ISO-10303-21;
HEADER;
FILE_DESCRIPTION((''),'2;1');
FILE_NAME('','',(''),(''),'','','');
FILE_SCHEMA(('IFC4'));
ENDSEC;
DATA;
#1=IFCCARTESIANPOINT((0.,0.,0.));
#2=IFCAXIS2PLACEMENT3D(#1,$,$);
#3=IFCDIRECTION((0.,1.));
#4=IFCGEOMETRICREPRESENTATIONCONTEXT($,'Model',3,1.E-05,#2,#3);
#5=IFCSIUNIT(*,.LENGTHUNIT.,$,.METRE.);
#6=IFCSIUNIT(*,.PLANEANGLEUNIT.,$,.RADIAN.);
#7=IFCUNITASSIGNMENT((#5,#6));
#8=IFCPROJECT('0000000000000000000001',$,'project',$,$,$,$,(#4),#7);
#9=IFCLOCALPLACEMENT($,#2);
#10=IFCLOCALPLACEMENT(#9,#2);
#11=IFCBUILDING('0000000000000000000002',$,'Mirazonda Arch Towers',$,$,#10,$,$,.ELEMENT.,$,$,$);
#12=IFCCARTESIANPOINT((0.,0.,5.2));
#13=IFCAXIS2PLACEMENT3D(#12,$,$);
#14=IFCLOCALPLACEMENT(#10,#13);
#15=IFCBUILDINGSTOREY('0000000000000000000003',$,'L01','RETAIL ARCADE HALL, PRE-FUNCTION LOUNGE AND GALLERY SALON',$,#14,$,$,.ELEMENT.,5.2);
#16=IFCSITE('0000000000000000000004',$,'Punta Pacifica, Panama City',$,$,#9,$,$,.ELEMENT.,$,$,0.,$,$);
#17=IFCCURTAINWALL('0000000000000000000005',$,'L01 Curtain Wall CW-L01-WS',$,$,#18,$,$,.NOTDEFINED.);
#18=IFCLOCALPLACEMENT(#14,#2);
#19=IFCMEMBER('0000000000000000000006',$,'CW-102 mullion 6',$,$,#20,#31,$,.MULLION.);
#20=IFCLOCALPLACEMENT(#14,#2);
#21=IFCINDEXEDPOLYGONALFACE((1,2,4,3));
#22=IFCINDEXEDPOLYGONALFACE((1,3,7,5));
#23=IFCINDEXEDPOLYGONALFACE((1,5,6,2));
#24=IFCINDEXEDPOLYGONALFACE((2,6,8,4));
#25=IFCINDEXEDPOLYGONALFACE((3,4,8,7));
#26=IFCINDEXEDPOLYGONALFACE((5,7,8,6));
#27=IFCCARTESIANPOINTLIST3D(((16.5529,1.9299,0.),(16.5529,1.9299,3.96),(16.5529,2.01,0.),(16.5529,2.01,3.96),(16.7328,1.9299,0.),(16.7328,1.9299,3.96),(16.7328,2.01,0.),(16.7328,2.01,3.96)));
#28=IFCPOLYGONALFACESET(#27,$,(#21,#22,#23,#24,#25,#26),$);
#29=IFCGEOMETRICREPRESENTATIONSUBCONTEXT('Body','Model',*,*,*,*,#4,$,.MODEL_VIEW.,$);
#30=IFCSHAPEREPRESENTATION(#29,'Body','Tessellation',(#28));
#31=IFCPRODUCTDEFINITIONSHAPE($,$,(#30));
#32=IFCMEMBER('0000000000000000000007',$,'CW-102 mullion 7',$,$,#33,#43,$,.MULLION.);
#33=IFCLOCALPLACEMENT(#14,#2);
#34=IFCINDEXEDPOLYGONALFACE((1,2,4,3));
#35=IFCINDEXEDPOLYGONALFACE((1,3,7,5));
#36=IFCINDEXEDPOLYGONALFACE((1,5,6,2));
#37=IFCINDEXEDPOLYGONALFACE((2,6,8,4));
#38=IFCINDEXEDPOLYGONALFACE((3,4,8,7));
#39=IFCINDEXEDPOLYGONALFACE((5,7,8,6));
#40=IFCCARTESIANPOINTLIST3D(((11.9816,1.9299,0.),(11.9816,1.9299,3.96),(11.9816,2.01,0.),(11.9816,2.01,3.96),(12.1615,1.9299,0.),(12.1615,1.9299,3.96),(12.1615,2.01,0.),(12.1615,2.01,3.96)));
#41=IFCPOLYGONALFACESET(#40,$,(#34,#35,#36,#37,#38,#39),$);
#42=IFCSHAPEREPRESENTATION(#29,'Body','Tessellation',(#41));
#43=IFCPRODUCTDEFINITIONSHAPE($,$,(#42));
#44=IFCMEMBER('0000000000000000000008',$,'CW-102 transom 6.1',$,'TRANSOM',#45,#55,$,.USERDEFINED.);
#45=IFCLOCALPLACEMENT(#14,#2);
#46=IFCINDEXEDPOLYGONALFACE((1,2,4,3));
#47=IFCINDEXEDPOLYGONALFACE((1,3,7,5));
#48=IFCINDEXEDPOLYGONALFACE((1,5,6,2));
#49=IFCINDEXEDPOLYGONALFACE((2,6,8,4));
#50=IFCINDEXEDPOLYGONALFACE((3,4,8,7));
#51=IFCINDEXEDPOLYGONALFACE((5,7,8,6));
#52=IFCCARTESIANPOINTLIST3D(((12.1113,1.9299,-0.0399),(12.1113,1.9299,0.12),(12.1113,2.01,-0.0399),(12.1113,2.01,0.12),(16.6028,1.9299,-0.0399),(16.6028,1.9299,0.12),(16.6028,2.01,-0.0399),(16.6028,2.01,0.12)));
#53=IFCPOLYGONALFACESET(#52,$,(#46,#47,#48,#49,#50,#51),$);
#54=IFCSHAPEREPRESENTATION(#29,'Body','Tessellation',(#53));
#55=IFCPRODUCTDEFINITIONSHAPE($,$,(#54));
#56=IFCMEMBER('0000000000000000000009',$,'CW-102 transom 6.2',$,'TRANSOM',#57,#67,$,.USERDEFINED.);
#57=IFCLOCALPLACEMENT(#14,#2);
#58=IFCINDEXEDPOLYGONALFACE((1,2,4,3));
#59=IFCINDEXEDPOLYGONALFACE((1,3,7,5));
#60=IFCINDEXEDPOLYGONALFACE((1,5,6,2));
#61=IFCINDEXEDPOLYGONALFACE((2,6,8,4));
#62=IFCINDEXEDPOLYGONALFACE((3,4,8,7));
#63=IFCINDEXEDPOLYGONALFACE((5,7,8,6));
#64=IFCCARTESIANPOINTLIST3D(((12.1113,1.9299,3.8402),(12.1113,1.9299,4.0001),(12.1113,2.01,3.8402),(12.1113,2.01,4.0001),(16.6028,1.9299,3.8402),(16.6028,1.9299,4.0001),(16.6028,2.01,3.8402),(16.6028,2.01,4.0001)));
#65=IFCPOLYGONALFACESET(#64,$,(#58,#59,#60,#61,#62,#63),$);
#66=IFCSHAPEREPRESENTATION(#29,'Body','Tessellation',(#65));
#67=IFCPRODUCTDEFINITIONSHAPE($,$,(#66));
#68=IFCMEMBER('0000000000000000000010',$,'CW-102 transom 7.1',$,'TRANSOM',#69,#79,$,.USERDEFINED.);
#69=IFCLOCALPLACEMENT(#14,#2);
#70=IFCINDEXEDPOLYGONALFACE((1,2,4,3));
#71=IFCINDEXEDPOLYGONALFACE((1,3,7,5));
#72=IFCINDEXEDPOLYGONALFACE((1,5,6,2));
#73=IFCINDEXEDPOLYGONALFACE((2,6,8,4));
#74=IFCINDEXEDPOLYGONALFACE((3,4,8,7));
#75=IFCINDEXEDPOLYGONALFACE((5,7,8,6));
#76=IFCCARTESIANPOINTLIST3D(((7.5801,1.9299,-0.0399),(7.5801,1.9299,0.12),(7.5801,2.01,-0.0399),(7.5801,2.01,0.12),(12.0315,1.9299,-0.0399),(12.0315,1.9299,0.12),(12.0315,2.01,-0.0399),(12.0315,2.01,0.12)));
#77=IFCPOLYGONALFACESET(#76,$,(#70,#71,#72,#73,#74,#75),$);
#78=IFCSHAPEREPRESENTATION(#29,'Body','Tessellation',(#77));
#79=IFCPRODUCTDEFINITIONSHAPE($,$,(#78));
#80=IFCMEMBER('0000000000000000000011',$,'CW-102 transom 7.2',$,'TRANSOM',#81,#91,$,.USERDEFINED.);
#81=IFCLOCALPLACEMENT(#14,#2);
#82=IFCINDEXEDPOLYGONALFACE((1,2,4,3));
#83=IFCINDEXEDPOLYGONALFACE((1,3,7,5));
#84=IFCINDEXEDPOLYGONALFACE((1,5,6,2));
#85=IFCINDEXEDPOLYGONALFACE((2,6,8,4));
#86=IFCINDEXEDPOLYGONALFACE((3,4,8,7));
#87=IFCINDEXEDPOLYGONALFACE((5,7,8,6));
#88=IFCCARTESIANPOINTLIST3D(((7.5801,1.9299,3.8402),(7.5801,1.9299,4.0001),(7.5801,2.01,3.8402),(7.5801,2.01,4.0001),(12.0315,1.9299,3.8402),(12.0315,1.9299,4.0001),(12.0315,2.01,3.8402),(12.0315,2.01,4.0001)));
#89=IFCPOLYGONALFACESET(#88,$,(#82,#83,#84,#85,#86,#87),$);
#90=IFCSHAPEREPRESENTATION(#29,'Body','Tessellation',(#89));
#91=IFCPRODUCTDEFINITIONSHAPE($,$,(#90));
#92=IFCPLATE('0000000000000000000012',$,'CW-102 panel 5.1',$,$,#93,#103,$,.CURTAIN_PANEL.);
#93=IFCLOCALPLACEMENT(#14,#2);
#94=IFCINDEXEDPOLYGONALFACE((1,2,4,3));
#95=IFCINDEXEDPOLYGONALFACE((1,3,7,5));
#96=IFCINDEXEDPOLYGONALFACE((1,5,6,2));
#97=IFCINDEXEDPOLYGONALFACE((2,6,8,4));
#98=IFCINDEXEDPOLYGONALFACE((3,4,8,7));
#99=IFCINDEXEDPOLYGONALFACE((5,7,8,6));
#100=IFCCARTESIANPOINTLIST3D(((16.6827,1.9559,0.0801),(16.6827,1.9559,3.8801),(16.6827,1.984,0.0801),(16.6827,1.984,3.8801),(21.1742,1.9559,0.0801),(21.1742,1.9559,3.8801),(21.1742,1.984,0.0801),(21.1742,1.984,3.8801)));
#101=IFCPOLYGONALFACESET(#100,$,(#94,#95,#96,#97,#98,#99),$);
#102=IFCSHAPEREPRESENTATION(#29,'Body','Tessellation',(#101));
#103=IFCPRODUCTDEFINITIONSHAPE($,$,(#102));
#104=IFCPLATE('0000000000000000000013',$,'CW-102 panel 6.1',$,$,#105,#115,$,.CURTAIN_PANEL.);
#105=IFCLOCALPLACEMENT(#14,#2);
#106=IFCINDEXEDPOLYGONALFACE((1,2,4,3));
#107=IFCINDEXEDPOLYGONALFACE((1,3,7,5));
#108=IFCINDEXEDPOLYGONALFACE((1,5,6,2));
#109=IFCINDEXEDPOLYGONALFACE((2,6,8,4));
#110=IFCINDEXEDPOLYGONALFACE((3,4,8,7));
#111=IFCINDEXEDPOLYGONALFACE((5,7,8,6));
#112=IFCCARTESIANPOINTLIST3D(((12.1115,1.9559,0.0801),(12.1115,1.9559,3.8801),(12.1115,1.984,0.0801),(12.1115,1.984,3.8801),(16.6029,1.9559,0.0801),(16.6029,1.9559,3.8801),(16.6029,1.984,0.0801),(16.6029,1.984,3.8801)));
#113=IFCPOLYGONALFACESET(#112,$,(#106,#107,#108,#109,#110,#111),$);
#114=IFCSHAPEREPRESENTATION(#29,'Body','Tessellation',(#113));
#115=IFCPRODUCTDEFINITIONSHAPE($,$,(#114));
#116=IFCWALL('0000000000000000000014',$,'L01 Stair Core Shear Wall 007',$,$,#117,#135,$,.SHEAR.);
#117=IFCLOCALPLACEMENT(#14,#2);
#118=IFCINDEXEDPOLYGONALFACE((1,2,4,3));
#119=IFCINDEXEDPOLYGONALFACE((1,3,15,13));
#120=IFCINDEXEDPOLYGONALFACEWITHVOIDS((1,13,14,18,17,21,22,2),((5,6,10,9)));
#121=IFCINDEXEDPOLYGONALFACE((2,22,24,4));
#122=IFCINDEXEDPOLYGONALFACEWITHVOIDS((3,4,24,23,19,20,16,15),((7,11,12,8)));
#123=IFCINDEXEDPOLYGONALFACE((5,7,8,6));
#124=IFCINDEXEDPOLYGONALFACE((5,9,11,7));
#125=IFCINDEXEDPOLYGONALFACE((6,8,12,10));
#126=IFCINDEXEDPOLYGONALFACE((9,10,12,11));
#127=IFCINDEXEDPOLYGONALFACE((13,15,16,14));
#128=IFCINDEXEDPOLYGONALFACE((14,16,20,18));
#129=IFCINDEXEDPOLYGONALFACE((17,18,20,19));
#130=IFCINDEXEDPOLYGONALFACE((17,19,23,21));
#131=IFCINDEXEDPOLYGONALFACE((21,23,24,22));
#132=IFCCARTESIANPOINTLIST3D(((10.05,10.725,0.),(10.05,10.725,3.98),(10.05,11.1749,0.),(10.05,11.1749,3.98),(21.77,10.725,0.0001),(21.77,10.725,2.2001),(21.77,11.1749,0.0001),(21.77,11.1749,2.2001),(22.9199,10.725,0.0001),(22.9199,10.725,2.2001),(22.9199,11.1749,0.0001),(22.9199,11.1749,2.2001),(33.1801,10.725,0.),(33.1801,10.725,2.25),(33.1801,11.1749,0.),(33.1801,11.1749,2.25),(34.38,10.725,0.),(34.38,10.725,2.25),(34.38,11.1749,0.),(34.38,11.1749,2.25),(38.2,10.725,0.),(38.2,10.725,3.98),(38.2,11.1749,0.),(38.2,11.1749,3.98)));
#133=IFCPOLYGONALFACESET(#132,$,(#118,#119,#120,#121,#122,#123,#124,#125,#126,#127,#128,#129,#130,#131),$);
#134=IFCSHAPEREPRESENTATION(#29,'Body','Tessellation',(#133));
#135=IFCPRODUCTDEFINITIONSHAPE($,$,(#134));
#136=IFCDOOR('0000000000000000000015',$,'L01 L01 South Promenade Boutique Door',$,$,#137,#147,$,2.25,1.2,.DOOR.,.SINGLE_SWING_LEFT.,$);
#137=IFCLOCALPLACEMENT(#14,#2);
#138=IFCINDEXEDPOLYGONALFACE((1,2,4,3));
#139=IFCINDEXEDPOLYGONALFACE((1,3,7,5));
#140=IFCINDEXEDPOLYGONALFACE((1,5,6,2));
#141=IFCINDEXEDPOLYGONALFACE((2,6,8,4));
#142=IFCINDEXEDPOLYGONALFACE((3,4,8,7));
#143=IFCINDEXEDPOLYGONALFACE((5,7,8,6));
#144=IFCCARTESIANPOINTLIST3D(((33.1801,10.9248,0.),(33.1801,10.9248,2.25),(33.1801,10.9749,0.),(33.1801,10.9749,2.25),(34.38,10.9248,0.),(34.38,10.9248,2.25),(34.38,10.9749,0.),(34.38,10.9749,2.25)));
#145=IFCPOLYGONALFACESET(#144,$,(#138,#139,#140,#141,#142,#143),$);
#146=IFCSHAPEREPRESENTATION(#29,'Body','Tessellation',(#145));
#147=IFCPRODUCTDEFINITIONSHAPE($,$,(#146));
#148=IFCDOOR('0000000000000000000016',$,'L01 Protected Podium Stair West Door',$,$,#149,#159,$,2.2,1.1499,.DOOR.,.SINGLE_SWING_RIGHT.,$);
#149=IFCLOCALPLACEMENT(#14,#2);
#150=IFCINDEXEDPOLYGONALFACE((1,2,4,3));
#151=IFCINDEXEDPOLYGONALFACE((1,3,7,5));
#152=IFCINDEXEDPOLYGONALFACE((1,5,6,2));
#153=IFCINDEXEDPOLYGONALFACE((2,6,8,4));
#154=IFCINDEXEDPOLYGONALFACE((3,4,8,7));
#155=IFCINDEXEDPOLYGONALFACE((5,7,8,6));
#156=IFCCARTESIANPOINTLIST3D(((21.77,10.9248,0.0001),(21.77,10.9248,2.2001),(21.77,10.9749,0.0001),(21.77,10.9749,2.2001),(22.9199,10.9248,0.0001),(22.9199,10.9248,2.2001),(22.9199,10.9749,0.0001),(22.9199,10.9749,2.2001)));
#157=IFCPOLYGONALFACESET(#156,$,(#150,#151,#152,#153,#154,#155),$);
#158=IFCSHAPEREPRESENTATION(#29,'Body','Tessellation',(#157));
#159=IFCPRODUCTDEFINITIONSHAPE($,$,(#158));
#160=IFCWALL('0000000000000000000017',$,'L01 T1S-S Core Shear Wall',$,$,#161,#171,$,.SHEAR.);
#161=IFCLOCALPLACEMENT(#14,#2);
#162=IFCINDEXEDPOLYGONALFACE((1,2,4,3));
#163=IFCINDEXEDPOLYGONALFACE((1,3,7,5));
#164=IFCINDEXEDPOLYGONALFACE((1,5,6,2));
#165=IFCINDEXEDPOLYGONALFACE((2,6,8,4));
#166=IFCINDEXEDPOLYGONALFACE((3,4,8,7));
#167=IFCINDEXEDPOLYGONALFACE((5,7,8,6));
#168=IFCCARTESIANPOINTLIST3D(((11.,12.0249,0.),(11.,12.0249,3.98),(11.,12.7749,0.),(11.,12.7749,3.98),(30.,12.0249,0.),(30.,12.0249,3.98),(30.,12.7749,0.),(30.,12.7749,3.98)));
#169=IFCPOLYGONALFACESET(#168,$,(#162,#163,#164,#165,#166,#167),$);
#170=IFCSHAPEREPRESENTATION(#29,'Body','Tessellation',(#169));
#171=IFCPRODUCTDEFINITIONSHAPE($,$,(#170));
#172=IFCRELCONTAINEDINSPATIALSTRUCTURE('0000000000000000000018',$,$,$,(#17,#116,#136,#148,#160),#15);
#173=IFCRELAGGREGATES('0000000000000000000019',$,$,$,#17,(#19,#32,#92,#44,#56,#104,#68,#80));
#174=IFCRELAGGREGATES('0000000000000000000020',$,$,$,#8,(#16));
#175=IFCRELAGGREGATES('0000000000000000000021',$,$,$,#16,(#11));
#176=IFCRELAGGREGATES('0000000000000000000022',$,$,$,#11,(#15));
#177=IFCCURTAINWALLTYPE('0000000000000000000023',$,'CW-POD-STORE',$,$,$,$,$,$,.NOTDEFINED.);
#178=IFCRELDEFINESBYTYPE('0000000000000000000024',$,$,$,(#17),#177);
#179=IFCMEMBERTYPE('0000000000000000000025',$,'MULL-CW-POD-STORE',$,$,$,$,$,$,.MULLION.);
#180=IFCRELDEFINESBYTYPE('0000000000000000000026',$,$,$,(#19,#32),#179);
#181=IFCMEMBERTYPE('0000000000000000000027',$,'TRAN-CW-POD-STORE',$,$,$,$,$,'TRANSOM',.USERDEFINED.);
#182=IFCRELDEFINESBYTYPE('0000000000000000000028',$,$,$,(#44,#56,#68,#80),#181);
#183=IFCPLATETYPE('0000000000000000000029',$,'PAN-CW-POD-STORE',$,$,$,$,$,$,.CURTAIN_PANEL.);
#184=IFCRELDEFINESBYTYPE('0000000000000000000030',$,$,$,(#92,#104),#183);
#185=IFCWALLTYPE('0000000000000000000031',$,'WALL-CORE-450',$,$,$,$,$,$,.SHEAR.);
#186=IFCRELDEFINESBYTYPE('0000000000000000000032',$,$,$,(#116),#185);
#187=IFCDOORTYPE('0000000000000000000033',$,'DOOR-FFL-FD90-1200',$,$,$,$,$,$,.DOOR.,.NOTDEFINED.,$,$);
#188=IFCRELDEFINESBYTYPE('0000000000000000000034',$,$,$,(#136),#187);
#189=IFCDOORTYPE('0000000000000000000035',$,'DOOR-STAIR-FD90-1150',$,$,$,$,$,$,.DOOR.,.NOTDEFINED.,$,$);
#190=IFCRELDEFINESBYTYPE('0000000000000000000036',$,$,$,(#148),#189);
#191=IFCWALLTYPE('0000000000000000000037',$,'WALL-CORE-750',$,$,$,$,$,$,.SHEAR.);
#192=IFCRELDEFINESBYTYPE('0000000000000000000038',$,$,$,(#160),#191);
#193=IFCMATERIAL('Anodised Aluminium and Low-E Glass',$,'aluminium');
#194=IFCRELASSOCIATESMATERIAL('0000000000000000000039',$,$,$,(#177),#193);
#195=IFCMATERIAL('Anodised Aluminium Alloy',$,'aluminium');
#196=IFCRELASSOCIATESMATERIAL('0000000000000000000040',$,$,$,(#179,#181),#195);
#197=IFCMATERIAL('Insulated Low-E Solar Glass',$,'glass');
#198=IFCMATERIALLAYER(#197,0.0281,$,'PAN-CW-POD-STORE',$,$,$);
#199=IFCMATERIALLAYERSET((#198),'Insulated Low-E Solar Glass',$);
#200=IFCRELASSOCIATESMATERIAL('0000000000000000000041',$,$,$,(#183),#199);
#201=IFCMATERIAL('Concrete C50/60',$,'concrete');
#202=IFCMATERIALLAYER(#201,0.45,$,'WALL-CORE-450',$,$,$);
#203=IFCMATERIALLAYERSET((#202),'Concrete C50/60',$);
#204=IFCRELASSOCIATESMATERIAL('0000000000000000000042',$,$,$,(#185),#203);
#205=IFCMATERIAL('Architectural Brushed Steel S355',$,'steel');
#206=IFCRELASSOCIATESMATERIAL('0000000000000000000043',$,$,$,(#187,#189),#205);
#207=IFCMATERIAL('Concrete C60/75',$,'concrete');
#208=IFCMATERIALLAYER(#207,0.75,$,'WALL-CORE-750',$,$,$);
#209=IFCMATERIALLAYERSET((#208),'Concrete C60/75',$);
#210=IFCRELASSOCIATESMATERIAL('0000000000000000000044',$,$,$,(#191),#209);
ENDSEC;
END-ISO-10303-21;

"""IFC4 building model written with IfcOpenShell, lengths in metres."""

from ifc_helpers import new_model, si_unit, direction, frame, frame_2d, origin, origin_2d, place, context, subcontext, project, spatial, rectangle, extrude, material, layer, layer_set, material_profile, profile_set, type_object, element, fill, aggregate, save


model = new_model("IFC4")

# Units and contexts
model_context = context("Model", 3, precision=1e-05, world=origin(), true_north=direction((0.0, 1.0)))
body_context = subcontext(model_context, "Body", "Model", "MODEL_VIEW")
ifc_project = project(units=[si_unit("LENGTHUNIT", "METRE"), si_unit("PLANEANGLEUNIT", "RADIAN")], contexts=[model_context])

# Site, building, storey
site_placement = place(None, origin())
site = spatial("IfcSite", under=ifc_project, at=site_placement, Name="Punta Pacifica, Panama City", CompositionType="ELEMENT", RefElevation=0.0)
building_placement = place(site_placement, origin())
building = spatial("IfcBuilding", under=site, at=building_placement, Name="Mirazonda Arch Towers", CompositionType="ELEMENT")
storey_placement = place(building_placement, frame((0.0, 0.0, 5.2)))
storey = spatial("IfcBuildingStorey", under=building, at=storey_placement, Name="L01", Description="RETAIL ARCADE HALL, PRE-FUNCTION LOUNGE AND GALLERY SALON", CompositionType="ELEMENT", Elevation=5.2)

# Shared definitions
ifc_material_1 = material(Name="Concrete C50/60", Category="concrete")
ifc_material_2 = material(Name="Concrete C60/75", Category="concrete")

# Curtain wall, members, plates
ifc_material_3 = material(Name="Anodised Aluminium and Low-E Glass", Category="aluminium")
curtain_wall_type = type_object("IfcCurtainWallType", Name="CW-POD-STORE", PredefinedType="NOTDEFINED", material=ifc_material_3)
curtain_wall_placement = place(storey_placement, origin())
curtain_wall = element("IfcCurtainWall", 1, at=curtain_wall_placement, inside=storey, type_object=curtain_wall_type, Name="L01 Curtain Wall CW-L01-WS", PredefinedType="NOTDEFINED")
ifc_material_4 = material(Name="Anodised Aluminium Alloy", Category="aluminium")
ifc_material_profile_1 = material_profile(ifc_material_4, rectangle(XDim=0.0801, YDim=0.1799, at=origin_2d()), Name="ALU-MULL-80x180")
ifc_profile_set_1 = profile_set([ifc_material_profile_1], Name="Anodised Aluminium Alloy")
member_type_1 = type_object("IfcMemberType", Name="MULL-CW-POD-STORE", PredefinedType="MULLION", material=ifc_profile_set_1)
member_1_placement = place(storey_placement, frame((16.6428, 1.97, 0.0), z_axis=(0.0, 0.0, 1.0), x_axis=(0.0, -1.0, 0.0)))
member_1 = element("IfcMember", 2, at=member_1_placement, type_object=member_type_1, Name="CW-102 mullion 6", PredefinedType="MULLION", context=body_context, shape_type="SweptSolid", body=[
    extrude(rectangle(XDim=0.0801, YDim=0.1799, at=origin_2d()), origin(), (0.0, 0.0, 1.0), 3.96),
])
member_2_placement = place(storey_placement, frame((12.0715, 1.97, 0.0), z_axis=(0.0, 0.0, 1.0), x_axis=(0.0, -1.0, 0.0)))
member_2 = element("IfcMember", 3, at=member_2_placement, type_object=member_type_1, Name="CW-102 mullion 7", PredefinedType="MULLION", context=body_context, shape_type="SweptSolid", body=[
    extrude(rectangle(XDim=0.0801, YDim=0.1799, at=origin_2d()), origin(), (0.0, 0.0, 1.0), 3.96),
])
ifc_material_profile_2 = material_profile(ifc_material_4, rectangle(XDim=0.0801, YDim=0.1599, at=origin_2d()), Name="ALU-TRAN-80x160")
ifc_profile_set_2 = profile_set([ifc_material_profile_2], Name="Anodised Aluminium Alloy")
member_type_2 = type_object("IfcMemberType", Name="TRAN-CW-POD-STORE", ElementType="TRANSOM", PredefinedType="USERDEFINED", material=ifc_profile_set_2)
member_3_placement = place(storey_placement, frame((16.6028, 1.97, 0.04), z_axis=(-1.0, 0.0, 0.0), x_axis=(0.0, -1.0, 0.0)))
member_3 = element("IfcMember", 4, at=member_3_placement, type_object=member_type_2, Name="CW-102 transom 6.1", ObjectType="TRANSOM", PredefinedType="USERDEFINED", context=body_context, shape_type="SweptSolid", body=[
    extrude(rectangle(XDim=0.0801, YDim=0.1599, at=origin_2d()), origin(), (0.0, 0.0, 1.0), 4.4915),
])
member_4_placement = place(storey_placement, frame((16.6028, 1.97, 3.9202), z_axis=(-1.0, 0.0, 0.0), x_axis=(0.0, -1.0, 0.0)))
member_4 = element("IfcMember", 5, at=member_4_placement, type_object=member_type_2, Name="CW-102 transom 6.2", ObjectType="TRANSOM", PredefinedType="USERDEFINED", context=body_context, shape_type="SweptSolid", body=[
    extrude(rectangle(XDim=0.0801, YDim=0.1599, at=origin_2d()), origin(), (0.0, 0.0, 1.0), 4.4915),
])
member_5_placement = place(storey_placement, frame((12.0315, 1.97, 0.04), z_axis=(-1.0, 0.0, 0.0), x_axis=(0.0, -1.0, 0.0)))
member_5 = element("IfcMember", 6, at=member_5_placement, type_object=member_type_2, Name="CW-102 transom 7.1", ObjectType="TRANSOM", PredefinedType="USERDEFINED", context=body_context, shape_type="SweptSolid", body=[
    extrude(rectangle(XDim=0.0801, YDim=0.1599, at=origin_2d()), origin(), (0.0, 0.0, 1.0), 4.4514),
])
member_6_placement = place(storey_placement, frame((12.0315, 1.97, 3.9202), z_axis=(-1.0, 0.0, 0.0), x_axis=(0.0, -1.0, 0.0)))
member_6 = element("IfcMember", 7, at=member_6_placement, type_object=member_type_2, Name="CW-102 transom 7.2", ObjectType="TRANSOM", PredefinedType="USERDEFINED", context=body_context, shape_type="SweptSolid", body=[
    extrude(rectangle(XDim=0.0801, YDim=0.1599, at=origin_2d()), origin(), (0.0, 0.0, 1.0), 4.4514),
])
ifc_material_5 = material(Name="Insulated Low-E Solar Glass", Category="glass")
ifc_layer_1 = layer(ifc_material_5, 0.0281, Name="PAN-CW-POD-STORE")
ifc_layer_set_1 = layer_set([ifc_layer_1], Name="Insulated Low-E Solar Glass")
plate_type = type_object("IfcPlateType", Name="PAN-CW-POD-STORE", PredefinedType="CURTAIN_PANEL", material=ifc_layer_set_1)
plate_1_placement = place(storey_placement, frame((18.9285, 1.97, 0.0801), z_axis=(0.0, 0.0, 1.0), x_axis=(-1.0, 0.0, 0.0)))
plate_1 = element("IfcPlate", 8, at=plate_1_placement, type_object=plate_type, Name="CW-102 panel 5.1", PredefinedType="CURTAIN_PANEL", context=body_context, shape_type="SweptSolid", body=[
    extrude(rectangle(XDim=4.4915, YDim=0.0281, at=origin_2d()), origin(), (0.0, 0.0, 1.0), 3.8),
])
plate_2_placement = place(storey_placement, frame((14.3572, 1.97, 0.0801), z_axis=(0.0, 0.0, 1.0), x_axis=(-1.0, 0.0, 0.0)))
plate_2 = element("IfcPlate", 9, at=plate_2_placement, type_object=plate_type, Name="CW-102 panel 6.1", PredefinedType="CURTAIN_PANEL", context=body_context, shape_type="SweptSolid", body=[
    extrude(rectangle(XDim=4.4915, YDim=0.0281, at=origin_2d()), origin(), (0.0, 0.0, 1.0), 3.8),
])
aggregate(curtain_wall, [member_1, member_2, plate_1, member_3, member_4, plate_2, member_5, member_6])

# Wall, openings, doors
ifc_layer_2 = layer(ifc_material_1, 0.45, Name="WALL-CORE-450")
ifc_layer_set_2 = layer_set([ifc_layer_2], Name="Concrete C50/60")
wall_type_1 = type_object("IfcWallType", Name="WALL-CORE-450", PredefinedType="SHEAR", material=ifc_layer_set_2)
wall_1_placement = place(storey_placement, frame((10.05, 10.95, 0.0), z_axis=(0.0, 0.0, 1.0), x_axis=(1.0, 0.0, 0.0)))
wall_1 = element("IfcWall", 10, at=wall_1_placement, inside=storey, type_object=wall_type_1, Name="L01 Stair Core Shear Wall 007", PredefinedType="SHEAR", context=body_context, shape_type="SweptSolid", body=[
    extrude(rectangle(XDim=28.1499, YDim=0.45, at=frame_2d((14.075, 0.0))), origin(), (0.0, 0.0, 1.0), 3.98),
])
opening_1_placement = place(wall_1_placement, frame((11.72, 0.0, 0.0)))
opening_1 = element("IfcOpeningElement", 11, at=opening_1_placement, cuts=wall_1, PredefinedType="OPENING", context=body_context, shape_type="SweptSolid", body=[
    extrude(rectangle(XDim=1.1499, YDim=2.2, at=frame_2d((0.575, 1.1001))), frame((0.0, 0.2349, 0.0), z_axis=(0.0, -1.0, 0.0), x_axis=(1.0, 0.0, 0.0)), (0.0, 0.0, 1.0), 0.47),
])
opening_2_placement = place(wall_1_placement, frame((23.1299, 0.0, 0.0)))
opening_2 = element("IfcOpeningElement", 12, at=opening_2_placement, cuts=wall_1, PredefinedType="OPENING", context=body_context, shape_type="SweptSolid", body=[
    extrude(rectangle(XDim=1.2, YDim=2.25, at=frame_2d((0.6001, 1.125))), frame((0.0, 0.2349, 0.0), z_axis=(0.0, -1.0, 0.0), x_axis=(1.0, 0.0, 0.0)), (0.0, 0.0, 1.0), 0.47),
])
ifc_material_6 = material(Name="Architectural Brushed Steel S355", Category="steel")
door_type_1 = type_object("IfcDoorType", Name="DOOR-FFL-FD90-1200", OperationType="NOTDEFINED", PredefinedType="DOOR", material=ifc_material_6)
door_1_placement = place(opening_2_placement, origin())
door_1 = element("IfcDoor", 13, at=door_1_placement, inside=storey, type_object=door_type_1, Name="L01 L01 South Promenade Boutique Door", OperationType="SINGLE_SWING_LEFT", OverallHeight=2.25, OverallWidth=1.2, PredefinedType="DOOR", context=body_context, shape_type="SweptSolid", body=[
    extrude(rectangle(XDim=1.2, YDim=2.25, at=frame_2d((0.6001, 1.125))), frame((0.0, 0.0249, 0.0), z_axis=(0.0, -1.0, 0.0), x_axis=(1.0, 0.0, 0.0)), (0.0, 0.0, 1.0), 0.05),
])
fill(opening_2, door_1)
door_type_2 = type_object("IfcDoorType", Name="DOOR-STAIR-FD90-1150", OperationType="NOTDEFINED", PredefinedType="DOOR", material=ifc_material_6)
door_2_placement = place(opening_1_placement, origin())
door_2 = element("IfcDoor", 14, at=door_2_placement, inside=storey, type_object=door_type_2, Name="L01 Protected Podium Stair West Door", OperationType="SINGLE_SWING_RIGHT", OverallHeight=2.2, OverallWidth=1.1499, PredefinedType="DOOR", context=body_context, shape_type="SweptSolid", body=[
    extrude(rectangle(XDim=1.1499, YDim=2.2, at=frame_2d((0.575, 1.1001))), frame((0.0, 0.0249, 0.0), z_axis=(0.0, -1.0, 0.0), x_axis=(1.0, 0.0, 0.0)), (0.0, 0.0, 1.0), 0.05),
])
fill(opening_1, door_2)

# Wall
ifc_layer_3 = layer(ifc_material_2, 0.75, Name="WALL-CORE-750")
ifc_layer_set_3 = layer_set([ifc_layer_3], Name="Concrete C60/75")
wall_type_2 = type_object("IfcWallType", Name="WALL-CORE-750", PredefinedType="SHEAR", material=ifc_layer_set_3)
wall_2_placement = place(storey_placement, frame((11.0, 12.3999, 0.0), z_axis=(0.0, 0.0, 1.0), x_axis=(1.0, 0.0, 0.0)))
element("IfcWall", 15, at=wall_2_placement, inside=storey, type_object=wall_type_2, Name="L01 T1S-S Core Shear Wall", PredefinedType="SHEAR", context=body_context, shape_type="SweptSolid", body=[
    extrude(rectangle(XDim=19.0, YDim=0.75, at=frame_2d((9.5, 0.0))), origin(), (0.0, 0.0, 1.0), 3.98),
])

save(model, "model.ifc")
